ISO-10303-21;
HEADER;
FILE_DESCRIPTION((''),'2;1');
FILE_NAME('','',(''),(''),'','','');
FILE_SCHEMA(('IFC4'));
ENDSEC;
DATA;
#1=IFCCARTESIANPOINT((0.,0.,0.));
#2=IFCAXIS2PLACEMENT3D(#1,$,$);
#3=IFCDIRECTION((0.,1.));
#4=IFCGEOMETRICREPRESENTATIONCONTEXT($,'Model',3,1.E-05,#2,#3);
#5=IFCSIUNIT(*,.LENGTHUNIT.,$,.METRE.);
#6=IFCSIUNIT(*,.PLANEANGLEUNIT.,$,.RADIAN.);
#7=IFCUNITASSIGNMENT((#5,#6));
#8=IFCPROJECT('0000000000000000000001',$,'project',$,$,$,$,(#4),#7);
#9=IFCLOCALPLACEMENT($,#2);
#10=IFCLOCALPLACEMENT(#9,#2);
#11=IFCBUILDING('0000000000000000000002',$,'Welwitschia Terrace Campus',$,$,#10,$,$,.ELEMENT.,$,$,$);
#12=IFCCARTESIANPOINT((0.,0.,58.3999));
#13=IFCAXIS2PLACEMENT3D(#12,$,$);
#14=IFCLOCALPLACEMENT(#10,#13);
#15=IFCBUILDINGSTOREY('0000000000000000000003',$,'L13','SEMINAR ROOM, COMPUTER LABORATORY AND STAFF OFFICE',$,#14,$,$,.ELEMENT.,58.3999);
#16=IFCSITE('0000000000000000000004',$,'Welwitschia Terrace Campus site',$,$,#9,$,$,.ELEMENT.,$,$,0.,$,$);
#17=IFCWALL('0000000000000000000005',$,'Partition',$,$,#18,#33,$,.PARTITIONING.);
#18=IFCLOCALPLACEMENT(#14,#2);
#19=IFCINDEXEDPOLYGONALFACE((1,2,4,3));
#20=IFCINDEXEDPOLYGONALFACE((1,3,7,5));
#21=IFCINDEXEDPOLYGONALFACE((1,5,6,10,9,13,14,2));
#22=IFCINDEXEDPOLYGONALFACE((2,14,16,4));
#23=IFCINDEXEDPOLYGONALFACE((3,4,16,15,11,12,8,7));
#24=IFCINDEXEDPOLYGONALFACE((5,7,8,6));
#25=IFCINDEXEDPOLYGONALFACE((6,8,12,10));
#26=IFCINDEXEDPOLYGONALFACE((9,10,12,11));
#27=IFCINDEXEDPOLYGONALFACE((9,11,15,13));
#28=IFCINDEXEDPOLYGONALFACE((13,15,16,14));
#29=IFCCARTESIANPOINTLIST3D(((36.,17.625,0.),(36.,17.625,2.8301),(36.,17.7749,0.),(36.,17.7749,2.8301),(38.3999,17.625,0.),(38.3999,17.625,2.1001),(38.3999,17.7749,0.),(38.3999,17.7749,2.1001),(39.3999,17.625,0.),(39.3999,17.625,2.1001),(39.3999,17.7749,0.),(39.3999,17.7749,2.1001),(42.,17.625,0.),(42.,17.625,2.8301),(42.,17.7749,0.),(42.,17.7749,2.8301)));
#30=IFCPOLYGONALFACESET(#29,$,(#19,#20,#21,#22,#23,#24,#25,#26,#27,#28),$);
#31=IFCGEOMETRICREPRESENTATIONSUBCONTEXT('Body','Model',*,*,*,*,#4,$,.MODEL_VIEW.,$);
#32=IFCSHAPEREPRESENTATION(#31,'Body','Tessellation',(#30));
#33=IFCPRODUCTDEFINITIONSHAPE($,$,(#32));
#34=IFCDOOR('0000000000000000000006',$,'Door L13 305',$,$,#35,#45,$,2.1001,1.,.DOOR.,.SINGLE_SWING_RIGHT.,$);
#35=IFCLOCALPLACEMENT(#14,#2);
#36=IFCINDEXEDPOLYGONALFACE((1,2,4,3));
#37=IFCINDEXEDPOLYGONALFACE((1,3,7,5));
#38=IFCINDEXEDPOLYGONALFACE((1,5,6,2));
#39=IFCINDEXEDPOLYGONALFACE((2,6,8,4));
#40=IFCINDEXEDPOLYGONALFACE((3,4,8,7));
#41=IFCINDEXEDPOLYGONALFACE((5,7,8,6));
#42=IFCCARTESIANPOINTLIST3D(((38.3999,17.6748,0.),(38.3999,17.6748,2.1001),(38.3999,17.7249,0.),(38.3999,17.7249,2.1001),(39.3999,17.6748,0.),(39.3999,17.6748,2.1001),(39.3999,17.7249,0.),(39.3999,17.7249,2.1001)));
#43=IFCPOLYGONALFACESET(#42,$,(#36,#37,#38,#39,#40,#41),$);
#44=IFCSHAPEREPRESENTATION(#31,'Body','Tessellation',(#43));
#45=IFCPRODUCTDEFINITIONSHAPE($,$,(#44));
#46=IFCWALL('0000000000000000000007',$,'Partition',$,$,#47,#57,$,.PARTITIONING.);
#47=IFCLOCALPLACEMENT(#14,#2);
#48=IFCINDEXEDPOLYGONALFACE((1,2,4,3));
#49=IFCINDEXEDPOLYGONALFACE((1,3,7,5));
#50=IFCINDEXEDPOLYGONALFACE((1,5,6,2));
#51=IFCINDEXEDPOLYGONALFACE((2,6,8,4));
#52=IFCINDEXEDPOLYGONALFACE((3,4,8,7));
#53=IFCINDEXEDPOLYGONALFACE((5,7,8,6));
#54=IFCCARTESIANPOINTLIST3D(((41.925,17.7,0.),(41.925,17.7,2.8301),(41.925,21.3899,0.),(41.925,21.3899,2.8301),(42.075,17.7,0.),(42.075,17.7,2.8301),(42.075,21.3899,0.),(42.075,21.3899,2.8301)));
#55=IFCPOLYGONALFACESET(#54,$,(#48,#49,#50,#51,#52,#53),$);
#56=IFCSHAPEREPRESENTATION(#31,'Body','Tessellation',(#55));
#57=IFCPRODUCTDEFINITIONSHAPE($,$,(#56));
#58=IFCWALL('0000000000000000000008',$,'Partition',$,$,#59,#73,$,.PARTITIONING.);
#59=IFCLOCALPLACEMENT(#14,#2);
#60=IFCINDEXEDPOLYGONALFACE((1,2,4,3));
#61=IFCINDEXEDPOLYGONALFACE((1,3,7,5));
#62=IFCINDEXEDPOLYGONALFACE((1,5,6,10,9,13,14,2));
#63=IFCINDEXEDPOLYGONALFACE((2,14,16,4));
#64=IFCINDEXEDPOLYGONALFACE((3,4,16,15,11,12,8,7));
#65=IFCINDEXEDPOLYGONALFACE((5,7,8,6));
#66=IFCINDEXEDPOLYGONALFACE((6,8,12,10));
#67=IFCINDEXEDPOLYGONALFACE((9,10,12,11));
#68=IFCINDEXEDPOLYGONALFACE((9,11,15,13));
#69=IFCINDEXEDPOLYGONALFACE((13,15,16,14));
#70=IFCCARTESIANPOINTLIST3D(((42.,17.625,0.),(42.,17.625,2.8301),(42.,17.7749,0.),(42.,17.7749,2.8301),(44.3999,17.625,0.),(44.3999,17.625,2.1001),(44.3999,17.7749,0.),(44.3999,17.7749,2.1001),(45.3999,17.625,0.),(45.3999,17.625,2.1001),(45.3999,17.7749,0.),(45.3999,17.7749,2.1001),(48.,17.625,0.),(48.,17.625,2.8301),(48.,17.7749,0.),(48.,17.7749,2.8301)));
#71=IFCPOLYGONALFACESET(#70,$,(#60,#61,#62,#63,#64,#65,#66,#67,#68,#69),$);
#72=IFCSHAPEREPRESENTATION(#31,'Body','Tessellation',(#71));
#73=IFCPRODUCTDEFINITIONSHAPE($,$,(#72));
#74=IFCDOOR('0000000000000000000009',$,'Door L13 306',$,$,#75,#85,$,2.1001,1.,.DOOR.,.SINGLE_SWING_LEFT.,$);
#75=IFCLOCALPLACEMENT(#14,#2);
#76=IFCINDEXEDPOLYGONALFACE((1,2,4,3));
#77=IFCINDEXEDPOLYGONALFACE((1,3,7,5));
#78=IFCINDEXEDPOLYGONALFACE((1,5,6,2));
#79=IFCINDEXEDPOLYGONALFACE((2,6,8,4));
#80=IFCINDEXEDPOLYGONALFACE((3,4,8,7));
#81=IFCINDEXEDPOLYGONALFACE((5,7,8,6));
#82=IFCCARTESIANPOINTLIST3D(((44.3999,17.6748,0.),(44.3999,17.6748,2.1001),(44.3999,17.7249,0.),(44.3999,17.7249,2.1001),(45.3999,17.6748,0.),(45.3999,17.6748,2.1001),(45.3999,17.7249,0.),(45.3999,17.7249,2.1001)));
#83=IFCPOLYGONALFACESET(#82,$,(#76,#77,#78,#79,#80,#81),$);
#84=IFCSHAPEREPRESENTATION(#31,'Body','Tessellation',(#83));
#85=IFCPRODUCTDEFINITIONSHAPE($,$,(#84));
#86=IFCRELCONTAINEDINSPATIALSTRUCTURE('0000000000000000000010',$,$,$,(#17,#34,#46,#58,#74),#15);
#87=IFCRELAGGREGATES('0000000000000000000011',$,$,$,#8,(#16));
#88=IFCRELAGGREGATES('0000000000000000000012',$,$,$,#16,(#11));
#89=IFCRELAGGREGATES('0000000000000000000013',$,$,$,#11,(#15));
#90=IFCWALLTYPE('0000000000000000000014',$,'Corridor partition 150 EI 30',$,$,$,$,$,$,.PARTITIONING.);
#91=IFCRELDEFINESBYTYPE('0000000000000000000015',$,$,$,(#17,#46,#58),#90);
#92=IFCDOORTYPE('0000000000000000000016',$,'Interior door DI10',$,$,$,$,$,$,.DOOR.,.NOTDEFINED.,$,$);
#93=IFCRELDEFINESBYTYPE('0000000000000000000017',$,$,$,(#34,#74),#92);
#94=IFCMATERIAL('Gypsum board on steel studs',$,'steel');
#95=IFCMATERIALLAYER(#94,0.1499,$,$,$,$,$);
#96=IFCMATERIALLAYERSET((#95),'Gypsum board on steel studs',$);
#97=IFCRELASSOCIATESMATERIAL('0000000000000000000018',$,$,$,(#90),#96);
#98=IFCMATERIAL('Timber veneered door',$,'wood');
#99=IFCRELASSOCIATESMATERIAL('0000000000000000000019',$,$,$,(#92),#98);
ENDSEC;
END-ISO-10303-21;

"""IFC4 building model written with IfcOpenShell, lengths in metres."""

from ifc_helpers import new_model, si_unit, direction, frame, frame_2d, origin, place, context, subcontext, project, spatial, rectangle, extrude, material, layer, layer_set, type_object, element, fill, save


model = new_model("IFC4")

# Units and contexts
model_context = context("Model", 3, precision=1e-05, world=origin(), true_north=direction((0.0, 1.0)))
body_context = subcontext(model_context, "Body", "Model", "MODEL_VIEW")
ifc_project = project(units=[si_unit("LENGTHUNIT", "METRE"), si_unit("PLANEANGLEUNIT", "RADIAN")], contexts=[model_context])

# Site, building, storey
site_placement = place(None, origin())
site = spatial("IfcSite", under=ifc_project, at=site_placement, Name="Welwitschia Terrace Campus site", CompositionType="ELEMENT", RefElevation=0.0)
building_placement = place(site_placement, origin())
building = spatial("IfcBuilding", under=site, at=building_placement, Name="Welwitschia Terrace Campus", CompositionType="ELEMENT")
storey_placement = place(building_placement, frame((0.0, 0.0, 58.3999)))
storey = spatial("IfcBuildingStorey", under=building, at=storey_placement, Name="L13", Description="SEMINAR ROOM, COMPUTER LABORATORY AND STAFF OFFICE", CompositionType="ELEMENT", Elevation=58.3999)

# Shared definitions
ifc_material_1 = material(Name="Gypsum board on steel studs", Category="steel")
ifc_layer_1 = layer(ifc_material_1, 0.1499)
ifc_layer_set_1 = layer_set([ifc_layer_1], Name="Gypsum board on steel studs")
wall_type = type_object("IfcWallType", Name="Corridor partition 150 EI 30", PredefinedType="PARTITIONING", material=ifc_layer_set_1)

# Shared definitions
ifc_material_2 = material(Name="Timber veneered door", Category="wood")
door_type = type_object("IfcDoorType", Name="Interior door DI10", OperationType="NOTDEFINED", PredefinedType="DOOR", material=ifc_material_2)

# Wall, opening, door
wall_1_placement = place(storey_placement, frame((36.0, 17.7, 0.0), z_axis=(0.0, 0.0, 1.0), x_axis=(1.0, 0.0, 0.0)))
wall_1 = element("IfcWall", 1, at=wall_1_placement, inside=storey, type_object=wall_type, Name="Partition", PredefinedType="PARTITIONING", context=body_context, shape_type="SweptSolid", body=[
    extrude(rectangle(XDim=6.0, YDim=0.1499, at=frame_2d((3.0, 0.0))), origin(), (0.0, 0.0, 1.0), 2.8301),
])
opening_1_placement = place(wall_1_placement, frame((2.3999, 0.0, 0.0)))
opening_1 = element("IfcOpeningElement", 2, at=opening_1_placement, cuts=wall_1, PredefinedType="OPENING", context=body_context, shape_type="SweptSolid", body=[
    extrude(rectangle(XDim=1.0, YDim=2.1001, at=frame_2d((0.5, 1.05))), frame((0.0, 0.085, 0.0), z_axis=(0.0, -1.0, 0.0), x_axis=(1.0, 0.0, 0.0)), (0.0, 0.0, 1.0), 0.1699),
])
door_1_placement = place(opening_1_placement, origin())
door_1 = element("IfcDoor", 3, at=door_1_placement, inside=storey, type_object=door_type, Name="Door L13 305", OperationType="SINGLE_SWING_RIGHT", OverallHeight=2.1001, OverallWidth=1.0, PredefinedType="DOOR", context=body_context, shape_type="SweptSolid", body=[
    extrude(rectangle(XDim=1.0, YDim=2.1001, at=frame_2d((0.5, 1.05))), frame((0.0, 0.0249, 0.0), z_axis=(0.0, -1.0, 0.0), x_axis=(1.0, 0.0, 0.0)), (0.0, 0.0, 1.0), 0.05),
])
fill(opening_1, door_1)

# Wall
wall_2_placement = place(storey_placement, frame((42.0, 17.7, 0.0), z_axis=(0.0, 0.0, 1.0), x_axis=(0.0, 1.0, 0.0)))
element("IfcWall", 4, at=wall_2_placement, inside=storey, type_object=wall_type, Name="Partition", PredefinedType="PARTITIONING", context=body_context, shape_type="SweptSolid", body=[
    extrude(rectangle(XDim=3.6899, YDim=0.1499, at=frame_2d((1.845, 0.0))), origin(), (0.0, 0.0, 1.0), 2.8301),
])

# Wall, opening, door
wall_3_placement = place(storey_placement, frame((42.0, 17.7, 0.0), z_axis=(0.0, 0.0, 1.0), x_axis=(1.0, 0.0, 0.0)))
wall_3 = element("IfcWall", 5, at=wall_3_placement, inside=storey, type_object=wall_type, Name="Partition", PredefinedType="PARTITIONING", context=body_context, shape_type="SweptSolid", body=[
    extrude(rectangle(XDim=6.0, YDim=0.1499, at=frame_2d((3.0, 0.0))), origin(), (0.0, 0.0, 1.0), 2.8301),
])
opening_2_placement = place(wall_3_placement, frame((2.3999, 0.0, 0.0)))
opening_2 = element("IfcOpeningElement", 6, at=opening_2_placement, cuts=wall_3, PredefinedType="OPENING", context=body_context, shape_type="SweptSolid", body=[
    extrude(rectangle(XDim=1.0, YDim=2.1001, at=frame_2d((0.5, 1.05))), frame((0.0, 0.085, 0.0), z_axis=(0.0, -1.0, 0.0), x_axis=(1.0, 0.0, 0.0)), (0.0, 0.0, 1.0), 0.1699),
])
door_2_placement = place(opening_2_placement, origin())
door_2 = element("IfcDoor", 7, at=door_2_placement, inside=storey, type_object=door_type, Name="Door L13 306", OperationType="SINGLE_SWING_LEFT", OverallHeight=2.1001, OverallWidth=1.0, PredefinedType="DOOR", context=body_context, shape_type="SweptSolid", body=[
    extrude(rectangle(XDim=1.0, YDim=2.1001, at=frame_2d((0.5, 1.05))), frame((0.0, 0.0249, 0.0), z_axis=(0.0, -1.0, 0.0), x_axis=(1.0, 0.0, 0.0)), (0.0, 0.0, 1.0), 0.05),
])
fill(opening_2, door_2)

save(model, "model.ifc")
